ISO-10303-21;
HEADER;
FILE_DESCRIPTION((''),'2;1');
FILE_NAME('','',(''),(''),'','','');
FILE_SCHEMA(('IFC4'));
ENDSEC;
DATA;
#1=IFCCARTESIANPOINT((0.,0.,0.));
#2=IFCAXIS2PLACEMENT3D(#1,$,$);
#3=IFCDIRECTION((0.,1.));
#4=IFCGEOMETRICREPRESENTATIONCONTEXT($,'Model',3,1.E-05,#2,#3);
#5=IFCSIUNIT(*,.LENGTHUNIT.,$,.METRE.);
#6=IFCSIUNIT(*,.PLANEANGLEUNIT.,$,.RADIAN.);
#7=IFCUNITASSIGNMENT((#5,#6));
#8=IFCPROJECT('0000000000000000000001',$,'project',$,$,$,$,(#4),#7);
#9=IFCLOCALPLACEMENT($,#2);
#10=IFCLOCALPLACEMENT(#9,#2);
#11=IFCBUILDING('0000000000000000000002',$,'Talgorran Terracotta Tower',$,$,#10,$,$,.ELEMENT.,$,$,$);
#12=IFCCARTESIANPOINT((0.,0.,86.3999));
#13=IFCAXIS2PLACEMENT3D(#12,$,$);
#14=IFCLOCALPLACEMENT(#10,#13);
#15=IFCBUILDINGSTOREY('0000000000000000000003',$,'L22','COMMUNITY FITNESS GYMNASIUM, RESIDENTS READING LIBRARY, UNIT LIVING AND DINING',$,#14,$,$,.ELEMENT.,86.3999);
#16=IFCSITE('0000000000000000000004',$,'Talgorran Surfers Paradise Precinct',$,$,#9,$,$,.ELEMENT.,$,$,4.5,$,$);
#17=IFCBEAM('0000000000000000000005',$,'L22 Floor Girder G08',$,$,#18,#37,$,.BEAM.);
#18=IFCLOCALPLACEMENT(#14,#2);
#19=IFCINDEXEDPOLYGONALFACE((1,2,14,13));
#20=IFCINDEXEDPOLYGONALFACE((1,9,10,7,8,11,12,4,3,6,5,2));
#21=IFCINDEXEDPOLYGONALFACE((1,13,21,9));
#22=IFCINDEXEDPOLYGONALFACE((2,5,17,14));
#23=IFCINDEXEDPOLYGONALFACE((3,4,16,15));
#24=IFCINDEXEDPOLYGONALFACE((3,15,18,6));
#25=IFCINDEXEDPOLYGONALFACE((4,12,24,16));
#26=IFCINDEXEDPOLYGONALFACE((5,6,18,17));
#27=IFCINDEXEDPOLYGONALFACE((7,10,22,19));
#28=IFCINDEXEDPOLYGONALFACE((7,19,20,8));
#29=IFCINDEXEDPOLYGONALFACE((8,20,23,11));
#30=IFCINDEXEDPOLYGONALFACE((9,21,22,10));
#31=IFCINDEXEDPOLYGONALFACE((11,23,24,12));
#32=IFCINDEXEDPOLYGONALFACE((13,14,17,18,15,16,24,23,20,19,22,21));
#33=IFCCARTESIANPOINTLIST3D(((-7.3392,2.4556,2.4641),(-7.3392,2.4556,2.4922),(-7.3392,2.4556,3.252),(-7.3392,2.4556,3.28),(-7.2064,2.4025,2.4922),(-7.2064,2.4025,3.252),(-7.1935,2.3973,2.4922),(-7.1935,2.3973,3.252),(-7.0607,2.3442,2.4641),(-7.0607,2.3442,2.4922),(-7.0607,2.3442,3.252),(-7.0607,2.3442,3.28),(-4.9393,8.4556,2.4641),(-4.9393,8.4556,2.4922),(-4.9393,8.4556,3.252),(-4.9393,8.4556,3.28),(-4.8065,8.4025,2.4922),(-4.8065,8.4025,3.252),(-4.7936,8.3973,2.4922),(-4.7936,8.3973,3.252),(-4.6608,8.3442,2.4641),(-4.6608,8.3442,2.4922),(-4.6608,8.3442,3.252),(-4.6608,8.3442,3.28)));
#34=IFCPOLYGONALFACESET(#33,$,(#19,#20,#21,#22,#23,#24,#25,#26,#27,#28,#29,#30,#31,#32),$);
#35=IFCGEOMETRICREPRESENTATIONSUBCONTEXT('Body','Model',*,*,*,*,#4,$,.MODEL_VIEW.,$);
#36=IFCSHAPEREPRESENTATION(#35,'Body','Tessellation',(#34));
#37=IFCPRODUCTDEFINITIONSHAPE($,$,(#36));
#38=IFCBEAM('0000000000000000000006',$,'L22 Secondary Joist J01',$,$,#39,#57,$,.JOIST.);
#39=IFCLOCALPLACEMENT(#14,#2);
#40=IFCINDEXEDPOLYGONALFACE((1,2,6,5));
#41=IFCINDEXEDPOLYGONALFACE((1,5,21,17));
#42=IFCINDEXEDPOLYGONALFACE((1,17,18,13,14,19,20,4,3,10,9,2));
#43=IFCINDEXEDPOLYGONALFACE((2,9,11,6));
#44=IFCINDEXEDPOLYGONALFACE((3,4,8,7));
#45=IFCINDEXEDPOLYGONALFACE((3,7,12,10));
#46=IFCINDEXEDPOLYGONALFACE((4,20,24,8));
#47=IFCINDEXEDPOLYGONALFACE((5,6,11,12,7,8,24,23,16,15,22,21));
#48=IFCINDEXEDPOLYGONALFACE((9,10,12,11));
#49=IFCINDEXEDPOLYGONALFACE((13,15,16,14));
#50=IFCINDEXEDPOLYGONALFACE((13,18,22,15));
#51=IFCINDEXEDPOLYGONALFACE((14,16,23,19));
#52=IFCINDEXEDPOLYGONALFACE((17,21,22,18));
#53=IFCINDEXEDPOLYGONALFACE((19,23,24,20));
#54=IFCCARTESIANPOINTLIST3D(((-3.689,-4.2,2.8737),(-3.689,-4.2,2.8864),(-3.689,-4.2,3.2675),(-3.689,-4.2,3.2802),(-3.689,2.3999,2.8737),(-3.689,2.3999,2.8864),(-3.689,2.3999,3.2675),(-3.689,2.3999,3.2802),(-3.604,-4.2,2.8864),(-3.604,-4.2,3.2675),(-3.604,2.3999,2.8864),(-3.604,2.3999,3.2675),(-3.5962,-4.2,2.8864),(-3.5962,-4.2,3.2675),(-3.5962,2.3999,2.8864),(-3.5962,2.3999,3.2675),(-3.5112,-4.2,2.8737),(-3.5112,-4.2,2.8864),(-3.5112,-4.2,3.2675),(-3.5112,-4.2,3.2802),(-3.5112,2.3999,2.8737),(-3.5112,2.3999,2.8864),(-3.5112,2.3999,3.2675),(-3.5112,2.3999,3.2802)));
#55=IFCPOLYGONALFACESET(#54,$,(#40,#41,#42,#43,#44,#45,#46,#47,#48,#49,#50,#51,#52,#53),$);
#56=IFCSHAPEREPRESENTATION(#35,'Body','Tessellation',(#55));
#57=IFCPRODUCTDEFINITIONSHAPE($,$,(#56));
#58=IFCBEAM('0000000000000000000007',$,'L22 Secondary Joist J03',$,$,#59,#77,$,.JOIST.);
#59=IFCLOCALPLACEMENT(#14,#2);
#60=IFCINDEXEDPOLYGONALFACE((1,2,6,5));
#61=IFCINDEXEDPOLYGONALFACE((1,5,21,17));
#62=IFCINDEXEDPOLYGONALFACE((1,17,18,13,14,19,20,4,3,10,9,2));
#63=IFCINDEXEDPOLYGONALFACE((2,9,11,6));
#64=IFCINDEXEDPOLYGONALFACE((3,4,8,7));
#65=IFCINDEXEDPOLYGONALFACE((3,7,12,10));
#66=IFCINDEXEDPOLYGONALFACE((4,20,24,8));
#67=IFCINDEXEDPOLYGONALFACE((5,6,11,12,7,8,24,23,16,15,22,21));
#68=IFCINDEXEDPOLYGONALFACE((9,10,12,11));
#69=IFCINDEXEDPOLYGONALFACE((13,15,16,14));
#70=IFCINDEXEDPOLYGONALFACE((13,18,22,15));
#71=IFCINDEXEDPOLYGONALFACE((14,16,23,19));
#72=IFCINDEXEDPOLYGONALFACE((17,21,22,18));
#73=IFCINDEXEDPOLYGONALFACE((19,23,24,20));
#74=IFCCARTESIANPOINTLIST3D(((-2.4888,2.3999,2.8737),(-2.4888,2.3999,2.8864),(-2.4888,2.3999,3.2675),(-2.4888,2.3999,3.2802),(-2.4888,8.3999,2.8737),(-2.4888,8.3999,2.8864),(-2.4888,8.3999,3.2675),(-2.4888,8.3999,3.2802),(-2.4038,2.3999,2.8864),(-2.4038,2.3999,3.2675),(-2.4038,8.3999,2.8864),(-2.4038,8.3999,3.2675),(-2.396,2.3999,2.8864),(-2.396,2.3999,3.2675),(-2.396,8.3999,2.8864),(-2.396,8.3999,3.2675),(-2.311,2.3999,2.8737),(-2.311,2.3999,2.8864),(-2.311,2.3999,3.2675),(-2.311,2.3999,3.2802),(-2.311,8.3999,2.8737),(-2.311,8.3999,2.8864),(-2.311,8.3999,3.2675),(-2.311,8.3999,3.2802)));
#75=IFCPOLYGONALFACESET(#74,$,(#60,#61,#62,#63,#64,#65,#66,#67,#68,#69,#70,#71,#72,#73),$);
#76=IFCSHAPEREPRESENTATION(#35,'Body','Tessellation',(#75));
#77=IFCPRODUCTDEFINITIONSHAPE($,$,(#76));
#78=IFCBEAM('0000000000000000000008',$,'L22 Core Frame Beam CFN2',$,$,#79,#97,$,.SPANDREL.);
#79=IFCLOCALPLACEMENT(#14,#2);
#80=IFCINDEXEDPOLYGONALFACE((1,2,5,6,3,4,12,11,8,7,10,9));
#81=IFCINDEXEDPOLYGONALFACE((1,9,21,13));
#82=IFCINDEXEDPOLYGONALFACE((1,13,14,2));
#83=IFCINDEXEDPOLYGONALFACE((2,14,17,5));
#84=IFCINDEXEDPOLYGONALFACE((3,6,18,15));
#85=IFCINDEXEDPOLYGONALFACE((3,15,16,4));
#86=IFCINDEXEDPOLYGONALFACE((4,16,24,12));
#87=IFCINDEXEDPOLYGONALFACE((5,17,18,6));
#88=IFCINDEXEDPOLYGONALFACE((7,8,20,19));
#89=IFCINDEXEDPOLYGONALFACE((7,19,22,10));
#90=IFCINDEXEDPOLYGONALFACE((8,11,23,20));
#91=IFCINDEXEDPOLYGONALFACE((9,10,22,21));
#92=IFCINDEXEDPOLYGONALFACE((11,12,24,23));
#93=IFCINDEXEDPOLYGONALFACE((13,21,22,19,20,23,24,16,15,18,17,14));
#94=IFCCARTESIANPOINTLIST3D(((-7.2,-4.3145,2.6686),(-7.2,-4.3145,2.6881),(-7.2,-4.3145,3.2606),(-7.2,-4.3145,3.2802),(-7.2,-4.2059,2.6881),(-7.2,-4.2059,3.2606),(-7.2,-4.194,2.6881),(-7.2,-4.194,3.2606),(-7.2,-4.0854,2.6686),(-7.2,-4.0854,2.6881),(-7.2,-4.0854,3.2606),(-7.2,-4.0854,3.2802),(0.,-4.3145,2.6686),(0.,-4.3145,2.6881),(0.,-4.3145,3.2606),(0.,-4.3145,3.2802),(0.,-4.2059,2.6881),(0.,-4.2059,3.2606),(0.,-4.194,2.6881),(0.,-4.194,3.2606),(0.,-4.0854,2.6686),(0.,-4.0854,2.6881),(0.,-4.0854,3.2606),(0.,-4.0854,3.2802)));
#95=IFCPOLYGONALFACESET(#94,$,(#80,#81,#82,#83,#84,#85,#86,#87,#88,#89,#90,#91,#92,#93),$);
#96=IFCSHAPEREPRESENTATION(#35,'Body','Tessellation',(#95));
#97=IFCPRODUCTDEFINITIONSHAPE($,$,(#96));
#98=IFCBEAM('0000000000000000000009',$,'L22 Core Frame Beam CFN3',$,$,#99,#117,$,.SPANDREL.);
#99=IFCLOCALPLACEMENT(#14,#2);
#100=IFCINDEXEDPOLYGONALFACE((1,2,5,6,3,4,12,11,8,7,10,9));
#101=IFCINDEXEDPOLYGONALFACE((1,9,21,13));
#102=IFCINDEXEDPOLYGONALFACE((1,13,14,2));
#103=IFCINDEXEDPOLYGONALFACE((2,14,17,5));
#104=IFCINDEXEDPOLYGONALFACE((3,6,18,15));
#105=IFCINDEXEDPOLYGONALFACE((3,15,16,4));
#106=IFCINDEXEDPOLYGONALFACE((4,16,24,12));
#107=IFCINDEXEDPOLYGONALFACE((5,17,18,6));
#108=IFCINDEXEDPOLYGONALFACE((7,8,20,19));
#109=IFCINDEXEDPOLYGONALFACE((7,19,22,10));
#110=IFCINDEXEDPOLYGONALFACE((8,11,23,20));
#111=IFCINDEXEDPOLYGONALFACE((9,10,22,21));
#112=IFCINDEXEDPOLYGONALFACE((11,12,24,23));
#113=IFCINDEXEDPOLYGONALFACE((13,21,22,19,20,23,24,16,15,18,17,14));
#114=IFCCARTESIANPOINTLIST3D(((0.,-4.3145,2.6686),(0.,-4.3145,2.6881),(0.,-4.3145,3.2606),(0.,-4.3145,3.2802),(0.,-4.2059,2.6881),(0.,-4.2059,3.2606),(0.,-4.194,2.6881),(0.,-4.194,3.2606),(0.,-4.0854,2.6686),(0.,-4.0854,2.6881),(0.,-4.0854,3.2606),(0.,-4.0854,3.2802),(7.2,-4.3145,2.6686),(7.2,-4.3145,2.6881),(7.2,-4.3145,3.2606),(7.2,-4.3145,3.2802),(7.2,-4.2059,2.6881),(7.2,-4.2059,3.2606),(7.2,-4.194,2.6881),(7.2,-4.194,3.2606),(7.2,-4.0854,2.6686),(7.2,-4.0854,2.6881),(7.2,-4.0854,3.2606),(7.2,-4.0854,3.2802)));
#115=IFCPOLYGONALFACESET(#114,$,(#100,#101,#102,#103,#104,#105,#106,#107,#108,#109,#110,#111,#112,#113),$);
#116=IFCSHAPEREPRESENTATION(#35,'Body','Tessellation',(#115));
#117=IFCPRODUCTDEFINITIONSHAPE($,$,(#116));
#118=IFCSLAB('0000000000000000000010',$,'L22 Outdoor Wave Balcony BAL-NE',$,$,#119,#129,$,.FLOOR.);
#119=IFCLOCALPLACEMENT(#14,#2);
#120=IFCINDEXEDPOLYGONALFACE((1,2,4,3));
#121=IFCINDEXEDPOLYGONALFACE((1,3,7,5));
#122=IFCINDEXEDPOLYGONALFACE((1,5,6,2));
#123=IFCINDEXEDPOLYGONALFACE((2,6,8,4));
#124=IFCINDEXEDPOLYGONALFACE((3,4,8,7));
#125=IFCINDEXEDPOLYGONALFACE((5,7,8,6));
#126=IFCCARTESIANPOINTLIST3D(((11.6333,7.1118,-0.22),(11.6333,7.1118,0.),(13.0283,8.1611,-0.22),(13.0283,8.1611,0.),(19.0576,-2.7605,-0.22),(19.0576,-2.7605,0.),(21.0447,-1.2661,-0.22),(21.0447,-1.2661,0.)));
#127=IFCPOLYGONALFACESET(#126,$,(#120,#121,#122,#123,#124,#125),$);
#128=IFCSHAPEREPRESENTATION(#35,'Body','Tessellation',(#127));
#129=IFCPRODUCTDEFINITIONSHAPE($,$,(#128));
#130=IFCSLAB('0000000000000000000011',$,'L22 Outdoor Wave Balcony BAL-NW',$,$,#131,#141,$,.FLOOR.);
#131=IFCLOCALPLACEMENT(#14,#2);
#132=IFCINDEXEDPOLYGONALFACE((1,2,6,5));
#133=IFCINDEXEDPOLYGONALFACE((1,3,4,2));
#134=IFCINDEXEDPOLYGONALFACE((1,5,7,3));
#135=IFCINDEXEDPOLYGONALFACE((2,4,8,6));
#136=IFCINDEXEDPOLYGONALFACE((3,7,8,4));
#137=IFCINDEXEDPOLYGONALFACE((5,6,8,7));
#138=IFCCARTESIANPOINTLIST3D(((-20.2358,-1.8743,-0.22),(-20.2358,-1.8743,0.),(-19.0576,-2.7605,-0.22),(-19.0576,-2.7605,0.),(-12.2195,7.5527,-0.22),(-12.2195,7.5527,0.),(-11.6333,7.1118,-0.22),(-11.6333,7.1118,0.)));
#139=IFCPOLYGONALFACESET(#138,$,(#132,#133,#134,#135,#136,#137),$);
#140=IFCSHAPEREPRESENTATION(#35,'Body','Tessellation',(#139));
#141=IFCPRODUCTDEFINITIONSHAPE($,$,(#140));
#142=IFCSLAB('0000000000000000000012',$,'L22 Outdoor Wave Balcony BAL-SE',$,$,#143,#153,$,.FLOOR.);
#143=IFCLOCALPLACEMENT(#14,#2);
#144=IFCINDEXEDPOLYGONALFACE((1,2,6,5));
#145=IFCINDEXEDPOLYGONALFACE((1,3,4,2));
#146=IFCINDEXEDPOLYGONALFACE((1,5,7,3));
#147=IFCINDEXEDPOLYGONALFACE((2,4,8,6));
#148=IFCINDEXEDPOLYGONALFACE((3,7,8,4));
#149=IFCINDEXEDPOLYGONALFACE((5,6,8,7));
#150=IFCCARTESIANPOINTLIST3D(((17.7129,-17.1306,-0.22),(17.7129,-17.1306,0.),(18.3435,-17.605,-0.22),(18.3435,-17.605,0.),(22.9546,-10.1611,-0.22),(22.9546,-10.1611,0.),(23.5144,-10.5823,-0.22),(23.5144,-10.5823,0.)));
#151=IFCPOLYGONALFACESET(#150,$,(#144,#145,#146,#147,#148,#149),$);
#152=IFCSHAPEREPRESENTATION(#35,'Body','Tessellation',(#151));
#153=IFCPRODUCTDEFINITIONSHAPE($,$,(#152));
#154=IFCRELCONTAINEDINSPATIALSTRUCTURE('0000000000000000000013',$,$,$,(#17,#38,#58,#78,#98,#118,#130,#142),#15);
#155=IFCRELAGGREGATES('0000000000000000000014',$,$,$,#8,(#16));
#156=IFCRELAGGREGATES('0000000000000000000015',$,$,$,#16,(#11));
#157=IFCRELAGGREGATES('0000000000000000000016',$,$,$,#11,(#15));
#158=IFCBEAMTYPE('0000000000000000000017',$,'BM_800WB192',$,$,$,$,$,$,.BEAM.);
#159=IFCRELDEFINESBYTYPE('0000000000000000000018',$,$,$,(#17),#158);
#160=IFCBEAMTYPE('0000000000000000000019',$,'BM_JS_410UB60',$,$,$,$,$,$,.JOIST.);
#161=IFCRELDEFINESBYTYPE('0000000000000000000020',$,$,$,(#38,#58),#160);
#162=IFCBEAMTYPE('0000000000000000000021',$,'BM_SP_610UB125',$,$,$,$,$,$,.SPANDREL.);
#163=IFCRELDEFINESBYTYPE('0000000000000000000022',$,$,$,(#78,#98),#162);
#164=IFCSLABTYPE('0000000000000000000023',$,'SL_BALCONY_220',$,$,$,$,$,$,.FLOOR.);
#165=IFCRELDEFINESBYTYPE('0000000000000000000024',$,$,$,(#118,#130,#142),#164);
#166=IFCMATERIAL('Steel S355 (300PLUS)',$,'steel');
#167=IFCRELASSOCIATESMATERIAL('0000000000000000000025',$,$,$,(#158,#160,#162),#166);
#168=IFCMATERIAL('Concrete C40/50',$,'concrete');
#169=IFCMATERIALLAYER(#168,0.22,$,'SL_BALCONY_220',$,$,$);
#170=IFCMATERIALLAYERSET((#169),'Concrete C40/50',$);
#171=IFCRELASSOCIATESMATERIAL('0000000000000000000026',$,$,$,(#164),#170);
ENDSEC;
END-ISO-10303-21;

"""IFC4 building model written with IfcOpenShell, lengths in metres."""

from ifc_helpers import new_model, si_unit, direction, frame, origin, origin_2d, place, context, subcontext, project, spatial, polyline, i_section, outline, extrude, material, layer, layer_set, material_profile, profile_set, type_object, element, save


model = new_model("IFC4")

# Units and contexts
model_context = context("Model", 3, precision=1e-05, world=origin(), true_north=direction((0.0, 1.0)))
body_context = subcontext(model_context, "Body", "Model", "MODEL_VIEW")
ifc_project = project(units=[si_unit("LENGTHUNIT", "METRE"), si_unit("PLANEANGLEUNIT", "RADIAN")], contexts=[model_context])

# Site, building, storey
site_placement = place(None, origin())
site = spatial("IfcSite", under=ifc_project, at=site_placement, Name="Talgorran Surfers Paradise Precinct", CompositionType="ELEMENT", RefElevation=4.5)
building_placement = place(site_placement, origin())
building = spatial("IfcBuilding", under=site, at=building_placement, Name="Talgorran Terracotta Tower", CompositionType="ELEMENT")
storey_placement = place(building_placement, frame((0.0, 0.0, 86.3999)))
storey = spatial("IfcBuildingStorey", under=building, at=storey_placement, Name="L22", Description="COMMUNITY FITNESS GYMNASIUM, RESIDENTS READING LIBRARY, UNIT LIVING AND DINING", CompositionType="ELEMENT", Elevation=86.3999)

# Shared definitions
ifc_material_1 = material(Name="Steel S355 (300PLUS)", Category="steel")

# Beams
ifc_material_profile_1 = material_profile(ifc_material_1, i_section(OverallWidth=0.3, OverallDepth=0.8159, WebThickness=0.0139, FlangeThickness=0.0281, at=origin_2d()), Name="800WB192")
ifc_profile_set_1 = profile_set([ifc_material_profile_1], Name="Steel S355 (300PLUS)")
beam_type_1 = type_object("IfcBeamType", Name="BM_800WB192", PredefinedType="BEAM", material=ifc_profile_set_1)
beam_1_placement = place(storey_placement, frame((-7.2, 2.3999, 2.8721), z_axis=(0.371378, 0.928482, 0.0), x_axis=(-0.928482, 0.371378, 0.0)))
element("IfcBeam", 1, at=beam_1_placement, inside=storey, type_object=beam_type_1, Name="L22 Floor Girder G08", PredefinedType="BEAM", context=body_context, shape_type="SweptSolid", body=[
    extrude(i_section(OverallWidth=0.3, OverallDepth=0.8159, WebThickness=0.0139, FlangeThickness=0.0281, at=origin_2d()), origin(), (0.0, 0.0, 1.0), 6.4622),
])
ifc_material_profile_2 = material_profile(ifc_material_1, i_section(OverallWidth=0.1777, OverallDepth=0.4065, WebThickness=0.0078, FlangeThickness=0.0127, at=origin_2d()), Name="410UB59.7")
ifc_profile_set_2 = profile_set([ifc_material_profile_2], Name="Steel S355 (300PLUS)")
beam_type_2 = type_object("IfcBeamType", Name="BM_JS_410UB60", PredefinedType="JOIST", material=ifc_profile_set_2)
beam_2_placement = place(storey_placement, frame((-3.6001, -4.2, 3.0769), z_axis=(0.0, 1.0, 0.0), x_axis=(-1.0, 0.0, 0.0)))
element("IfcBeam", 2, at=beam_2_placement, inside=storey, type_object=beam_type_2, Name="L22 Secondary Joist J01", PredefinedType="JOIST", context=body_context, shape_type="SweptSolid", body=[
    extrude(i_section(OverallWidth=0.1777, OverallDepth=0.4065, WebThickness=0.0078, FlangeThickness=0.0127, at=origin_2d()), origin(), (0.0, 0.0, 1.0), 6.5999),
])
beam_3_placement = place(storey_placement, frame((-2.3999, 2.3999, 3.0769), z_axis=(0.0, 1.0, 0.0), x_axis=(-1.0, 0.0, 0.0)))
element("IfcBeam", 3, at=beam_3_placement, inside=storey, type_object=beam_type_2, Name="L22 Secondary Joist J03", PredefinedType="JOIST", context=body_context, shape_type="SweptSolid", body=[
    extrude(i_section(OverallWidth=0.1777, OverallDepth=0.4065, WebThickness=0.0078, FlangeThickness=0.0127, at=origin_2d()), origin(), (0.0, 0.0, 1.0), 6.0),
])
ifc_material_profile_3 = material_profile(ifc_material_1, i_section(OverallWidth=0.229, OverallDepth=0.6116, WebThickness=0.012, FlangeThickness=0.0195, at=origin_2d()), Name="610UB125")
ifc_profile_set_3 = profile_set([ifc_material_profile_3], Name="Steel S355 (300PLUS)")
beam_type_3 = type_object("IfcBeamType", Name="BM_SP_610UB125", PredefinedType="SPANDREL", material=ifc_profile_set_3)
for number, where, z_axis, x_axis, name in (
    (4, (-7.2, -4.2, 2.9744), (1.0, 0.0, 0.0), (0.0, 1.0, 0.0), "L22 Core Frame Beam CFN2"),
    (5, (0.0, -4.2, 2.9744), (1.0, 0.0, 0.0), (0.0, 1.0, 0.0), "L22 Core Frame Beam CFN3"),
):
    element("IfcBeam", number, at=place(storey_placement, frame(where, z_axis=z_axis, x_axis=x_axis)), inside=storey, type_object=beam_type_3, Name=name, PredefinedType="SPANDREL", context=body_context, shape_type="SweptSolid", body=[
        extrude(i_section(OverallWidth=0.229, OverallDepth=0.6116, WebThickness=0.012, FlangeThickness=0.0195, at=origin_2d()), origin(), (0.0, 0.0, 1.0), 7.2),
    ])

# Slabs
ifc_material_2 = material(Name="Concrete C40/50", Category="concrete")
ifc_layer_1 = layer(ifc_material_2, 0.22, Name="SL_BALCONY_220")
ifc_layer_set_1 = layer_set([ifc_layer_1], Name="Concrete C40/50")
slab_type_1 = type_object("IfcSlabType", Name="SL_BALCONY_220", PredefinedType="FLOOR", material=ifc_layer_set_1)
slab_1_placement = place(storey_placement, frame((0.0, 0.0, -0.22)))
element("IfcSlab", 6, at=slab_1_placement, inside=storey, type_object=slab_type_1, Name="L22 Outdoor Wave Balcony BAL-NE", PredefinedType="FLOOR", context=body_context, shape_type="SweptSolid", body=[
    extrude(outline(polyline([(11.6333, 7.1118), (19.0576, -2.7605), (21.0447, -1.2661), (13.0283, 8.1611), (11.6333, 7.1118)])), origin(), (0.0, 0.0, 1.0), 0.22),
])
slab_2_placement = place(storey_placement, frame((0.0, 0.0, -0.22)))
element("IfcSlab", 7, at=slab_2_placement, inside=storey, type_object=slab_type_1, Name="L22 Outdoor Wave Balcony BAL-NW", PredefinedType="FLOOR", context=body_context, shape_type="SweptSolid", body=[
    extrude(outline(polyline([(-19.0576, -2.7605), (-11.6333, 7.1118), (-12.2195, 7.5527), (-20.2358, -1.8743), (-19.0576, -2.7605)])), origin(), (0.0, 0.0, 1.0), 0.22),
])
slab_3_placement = place(storey_placement, frame((0.0, 0.0, -0.22)))
element("IfcSlab", 8, at=slab_3_placement, inside=storey, type_object=slab_type_1, Name="L22 Outdoor Wave Balcony BAL-SE", PredefinedType="FLOOR", context=body_context, shape_type="SweptSolid", body=[
    extrude(outline(polyline([(22.9546, -10.1611), (17.7129, -17.1306), (18.3435, -17.605), (23.5144, -10.5823), (22.9546, -10.1611)])), origin(), (0.0, 0.0, 1.0), 0.22),
])

save(model, "model.ifc")
